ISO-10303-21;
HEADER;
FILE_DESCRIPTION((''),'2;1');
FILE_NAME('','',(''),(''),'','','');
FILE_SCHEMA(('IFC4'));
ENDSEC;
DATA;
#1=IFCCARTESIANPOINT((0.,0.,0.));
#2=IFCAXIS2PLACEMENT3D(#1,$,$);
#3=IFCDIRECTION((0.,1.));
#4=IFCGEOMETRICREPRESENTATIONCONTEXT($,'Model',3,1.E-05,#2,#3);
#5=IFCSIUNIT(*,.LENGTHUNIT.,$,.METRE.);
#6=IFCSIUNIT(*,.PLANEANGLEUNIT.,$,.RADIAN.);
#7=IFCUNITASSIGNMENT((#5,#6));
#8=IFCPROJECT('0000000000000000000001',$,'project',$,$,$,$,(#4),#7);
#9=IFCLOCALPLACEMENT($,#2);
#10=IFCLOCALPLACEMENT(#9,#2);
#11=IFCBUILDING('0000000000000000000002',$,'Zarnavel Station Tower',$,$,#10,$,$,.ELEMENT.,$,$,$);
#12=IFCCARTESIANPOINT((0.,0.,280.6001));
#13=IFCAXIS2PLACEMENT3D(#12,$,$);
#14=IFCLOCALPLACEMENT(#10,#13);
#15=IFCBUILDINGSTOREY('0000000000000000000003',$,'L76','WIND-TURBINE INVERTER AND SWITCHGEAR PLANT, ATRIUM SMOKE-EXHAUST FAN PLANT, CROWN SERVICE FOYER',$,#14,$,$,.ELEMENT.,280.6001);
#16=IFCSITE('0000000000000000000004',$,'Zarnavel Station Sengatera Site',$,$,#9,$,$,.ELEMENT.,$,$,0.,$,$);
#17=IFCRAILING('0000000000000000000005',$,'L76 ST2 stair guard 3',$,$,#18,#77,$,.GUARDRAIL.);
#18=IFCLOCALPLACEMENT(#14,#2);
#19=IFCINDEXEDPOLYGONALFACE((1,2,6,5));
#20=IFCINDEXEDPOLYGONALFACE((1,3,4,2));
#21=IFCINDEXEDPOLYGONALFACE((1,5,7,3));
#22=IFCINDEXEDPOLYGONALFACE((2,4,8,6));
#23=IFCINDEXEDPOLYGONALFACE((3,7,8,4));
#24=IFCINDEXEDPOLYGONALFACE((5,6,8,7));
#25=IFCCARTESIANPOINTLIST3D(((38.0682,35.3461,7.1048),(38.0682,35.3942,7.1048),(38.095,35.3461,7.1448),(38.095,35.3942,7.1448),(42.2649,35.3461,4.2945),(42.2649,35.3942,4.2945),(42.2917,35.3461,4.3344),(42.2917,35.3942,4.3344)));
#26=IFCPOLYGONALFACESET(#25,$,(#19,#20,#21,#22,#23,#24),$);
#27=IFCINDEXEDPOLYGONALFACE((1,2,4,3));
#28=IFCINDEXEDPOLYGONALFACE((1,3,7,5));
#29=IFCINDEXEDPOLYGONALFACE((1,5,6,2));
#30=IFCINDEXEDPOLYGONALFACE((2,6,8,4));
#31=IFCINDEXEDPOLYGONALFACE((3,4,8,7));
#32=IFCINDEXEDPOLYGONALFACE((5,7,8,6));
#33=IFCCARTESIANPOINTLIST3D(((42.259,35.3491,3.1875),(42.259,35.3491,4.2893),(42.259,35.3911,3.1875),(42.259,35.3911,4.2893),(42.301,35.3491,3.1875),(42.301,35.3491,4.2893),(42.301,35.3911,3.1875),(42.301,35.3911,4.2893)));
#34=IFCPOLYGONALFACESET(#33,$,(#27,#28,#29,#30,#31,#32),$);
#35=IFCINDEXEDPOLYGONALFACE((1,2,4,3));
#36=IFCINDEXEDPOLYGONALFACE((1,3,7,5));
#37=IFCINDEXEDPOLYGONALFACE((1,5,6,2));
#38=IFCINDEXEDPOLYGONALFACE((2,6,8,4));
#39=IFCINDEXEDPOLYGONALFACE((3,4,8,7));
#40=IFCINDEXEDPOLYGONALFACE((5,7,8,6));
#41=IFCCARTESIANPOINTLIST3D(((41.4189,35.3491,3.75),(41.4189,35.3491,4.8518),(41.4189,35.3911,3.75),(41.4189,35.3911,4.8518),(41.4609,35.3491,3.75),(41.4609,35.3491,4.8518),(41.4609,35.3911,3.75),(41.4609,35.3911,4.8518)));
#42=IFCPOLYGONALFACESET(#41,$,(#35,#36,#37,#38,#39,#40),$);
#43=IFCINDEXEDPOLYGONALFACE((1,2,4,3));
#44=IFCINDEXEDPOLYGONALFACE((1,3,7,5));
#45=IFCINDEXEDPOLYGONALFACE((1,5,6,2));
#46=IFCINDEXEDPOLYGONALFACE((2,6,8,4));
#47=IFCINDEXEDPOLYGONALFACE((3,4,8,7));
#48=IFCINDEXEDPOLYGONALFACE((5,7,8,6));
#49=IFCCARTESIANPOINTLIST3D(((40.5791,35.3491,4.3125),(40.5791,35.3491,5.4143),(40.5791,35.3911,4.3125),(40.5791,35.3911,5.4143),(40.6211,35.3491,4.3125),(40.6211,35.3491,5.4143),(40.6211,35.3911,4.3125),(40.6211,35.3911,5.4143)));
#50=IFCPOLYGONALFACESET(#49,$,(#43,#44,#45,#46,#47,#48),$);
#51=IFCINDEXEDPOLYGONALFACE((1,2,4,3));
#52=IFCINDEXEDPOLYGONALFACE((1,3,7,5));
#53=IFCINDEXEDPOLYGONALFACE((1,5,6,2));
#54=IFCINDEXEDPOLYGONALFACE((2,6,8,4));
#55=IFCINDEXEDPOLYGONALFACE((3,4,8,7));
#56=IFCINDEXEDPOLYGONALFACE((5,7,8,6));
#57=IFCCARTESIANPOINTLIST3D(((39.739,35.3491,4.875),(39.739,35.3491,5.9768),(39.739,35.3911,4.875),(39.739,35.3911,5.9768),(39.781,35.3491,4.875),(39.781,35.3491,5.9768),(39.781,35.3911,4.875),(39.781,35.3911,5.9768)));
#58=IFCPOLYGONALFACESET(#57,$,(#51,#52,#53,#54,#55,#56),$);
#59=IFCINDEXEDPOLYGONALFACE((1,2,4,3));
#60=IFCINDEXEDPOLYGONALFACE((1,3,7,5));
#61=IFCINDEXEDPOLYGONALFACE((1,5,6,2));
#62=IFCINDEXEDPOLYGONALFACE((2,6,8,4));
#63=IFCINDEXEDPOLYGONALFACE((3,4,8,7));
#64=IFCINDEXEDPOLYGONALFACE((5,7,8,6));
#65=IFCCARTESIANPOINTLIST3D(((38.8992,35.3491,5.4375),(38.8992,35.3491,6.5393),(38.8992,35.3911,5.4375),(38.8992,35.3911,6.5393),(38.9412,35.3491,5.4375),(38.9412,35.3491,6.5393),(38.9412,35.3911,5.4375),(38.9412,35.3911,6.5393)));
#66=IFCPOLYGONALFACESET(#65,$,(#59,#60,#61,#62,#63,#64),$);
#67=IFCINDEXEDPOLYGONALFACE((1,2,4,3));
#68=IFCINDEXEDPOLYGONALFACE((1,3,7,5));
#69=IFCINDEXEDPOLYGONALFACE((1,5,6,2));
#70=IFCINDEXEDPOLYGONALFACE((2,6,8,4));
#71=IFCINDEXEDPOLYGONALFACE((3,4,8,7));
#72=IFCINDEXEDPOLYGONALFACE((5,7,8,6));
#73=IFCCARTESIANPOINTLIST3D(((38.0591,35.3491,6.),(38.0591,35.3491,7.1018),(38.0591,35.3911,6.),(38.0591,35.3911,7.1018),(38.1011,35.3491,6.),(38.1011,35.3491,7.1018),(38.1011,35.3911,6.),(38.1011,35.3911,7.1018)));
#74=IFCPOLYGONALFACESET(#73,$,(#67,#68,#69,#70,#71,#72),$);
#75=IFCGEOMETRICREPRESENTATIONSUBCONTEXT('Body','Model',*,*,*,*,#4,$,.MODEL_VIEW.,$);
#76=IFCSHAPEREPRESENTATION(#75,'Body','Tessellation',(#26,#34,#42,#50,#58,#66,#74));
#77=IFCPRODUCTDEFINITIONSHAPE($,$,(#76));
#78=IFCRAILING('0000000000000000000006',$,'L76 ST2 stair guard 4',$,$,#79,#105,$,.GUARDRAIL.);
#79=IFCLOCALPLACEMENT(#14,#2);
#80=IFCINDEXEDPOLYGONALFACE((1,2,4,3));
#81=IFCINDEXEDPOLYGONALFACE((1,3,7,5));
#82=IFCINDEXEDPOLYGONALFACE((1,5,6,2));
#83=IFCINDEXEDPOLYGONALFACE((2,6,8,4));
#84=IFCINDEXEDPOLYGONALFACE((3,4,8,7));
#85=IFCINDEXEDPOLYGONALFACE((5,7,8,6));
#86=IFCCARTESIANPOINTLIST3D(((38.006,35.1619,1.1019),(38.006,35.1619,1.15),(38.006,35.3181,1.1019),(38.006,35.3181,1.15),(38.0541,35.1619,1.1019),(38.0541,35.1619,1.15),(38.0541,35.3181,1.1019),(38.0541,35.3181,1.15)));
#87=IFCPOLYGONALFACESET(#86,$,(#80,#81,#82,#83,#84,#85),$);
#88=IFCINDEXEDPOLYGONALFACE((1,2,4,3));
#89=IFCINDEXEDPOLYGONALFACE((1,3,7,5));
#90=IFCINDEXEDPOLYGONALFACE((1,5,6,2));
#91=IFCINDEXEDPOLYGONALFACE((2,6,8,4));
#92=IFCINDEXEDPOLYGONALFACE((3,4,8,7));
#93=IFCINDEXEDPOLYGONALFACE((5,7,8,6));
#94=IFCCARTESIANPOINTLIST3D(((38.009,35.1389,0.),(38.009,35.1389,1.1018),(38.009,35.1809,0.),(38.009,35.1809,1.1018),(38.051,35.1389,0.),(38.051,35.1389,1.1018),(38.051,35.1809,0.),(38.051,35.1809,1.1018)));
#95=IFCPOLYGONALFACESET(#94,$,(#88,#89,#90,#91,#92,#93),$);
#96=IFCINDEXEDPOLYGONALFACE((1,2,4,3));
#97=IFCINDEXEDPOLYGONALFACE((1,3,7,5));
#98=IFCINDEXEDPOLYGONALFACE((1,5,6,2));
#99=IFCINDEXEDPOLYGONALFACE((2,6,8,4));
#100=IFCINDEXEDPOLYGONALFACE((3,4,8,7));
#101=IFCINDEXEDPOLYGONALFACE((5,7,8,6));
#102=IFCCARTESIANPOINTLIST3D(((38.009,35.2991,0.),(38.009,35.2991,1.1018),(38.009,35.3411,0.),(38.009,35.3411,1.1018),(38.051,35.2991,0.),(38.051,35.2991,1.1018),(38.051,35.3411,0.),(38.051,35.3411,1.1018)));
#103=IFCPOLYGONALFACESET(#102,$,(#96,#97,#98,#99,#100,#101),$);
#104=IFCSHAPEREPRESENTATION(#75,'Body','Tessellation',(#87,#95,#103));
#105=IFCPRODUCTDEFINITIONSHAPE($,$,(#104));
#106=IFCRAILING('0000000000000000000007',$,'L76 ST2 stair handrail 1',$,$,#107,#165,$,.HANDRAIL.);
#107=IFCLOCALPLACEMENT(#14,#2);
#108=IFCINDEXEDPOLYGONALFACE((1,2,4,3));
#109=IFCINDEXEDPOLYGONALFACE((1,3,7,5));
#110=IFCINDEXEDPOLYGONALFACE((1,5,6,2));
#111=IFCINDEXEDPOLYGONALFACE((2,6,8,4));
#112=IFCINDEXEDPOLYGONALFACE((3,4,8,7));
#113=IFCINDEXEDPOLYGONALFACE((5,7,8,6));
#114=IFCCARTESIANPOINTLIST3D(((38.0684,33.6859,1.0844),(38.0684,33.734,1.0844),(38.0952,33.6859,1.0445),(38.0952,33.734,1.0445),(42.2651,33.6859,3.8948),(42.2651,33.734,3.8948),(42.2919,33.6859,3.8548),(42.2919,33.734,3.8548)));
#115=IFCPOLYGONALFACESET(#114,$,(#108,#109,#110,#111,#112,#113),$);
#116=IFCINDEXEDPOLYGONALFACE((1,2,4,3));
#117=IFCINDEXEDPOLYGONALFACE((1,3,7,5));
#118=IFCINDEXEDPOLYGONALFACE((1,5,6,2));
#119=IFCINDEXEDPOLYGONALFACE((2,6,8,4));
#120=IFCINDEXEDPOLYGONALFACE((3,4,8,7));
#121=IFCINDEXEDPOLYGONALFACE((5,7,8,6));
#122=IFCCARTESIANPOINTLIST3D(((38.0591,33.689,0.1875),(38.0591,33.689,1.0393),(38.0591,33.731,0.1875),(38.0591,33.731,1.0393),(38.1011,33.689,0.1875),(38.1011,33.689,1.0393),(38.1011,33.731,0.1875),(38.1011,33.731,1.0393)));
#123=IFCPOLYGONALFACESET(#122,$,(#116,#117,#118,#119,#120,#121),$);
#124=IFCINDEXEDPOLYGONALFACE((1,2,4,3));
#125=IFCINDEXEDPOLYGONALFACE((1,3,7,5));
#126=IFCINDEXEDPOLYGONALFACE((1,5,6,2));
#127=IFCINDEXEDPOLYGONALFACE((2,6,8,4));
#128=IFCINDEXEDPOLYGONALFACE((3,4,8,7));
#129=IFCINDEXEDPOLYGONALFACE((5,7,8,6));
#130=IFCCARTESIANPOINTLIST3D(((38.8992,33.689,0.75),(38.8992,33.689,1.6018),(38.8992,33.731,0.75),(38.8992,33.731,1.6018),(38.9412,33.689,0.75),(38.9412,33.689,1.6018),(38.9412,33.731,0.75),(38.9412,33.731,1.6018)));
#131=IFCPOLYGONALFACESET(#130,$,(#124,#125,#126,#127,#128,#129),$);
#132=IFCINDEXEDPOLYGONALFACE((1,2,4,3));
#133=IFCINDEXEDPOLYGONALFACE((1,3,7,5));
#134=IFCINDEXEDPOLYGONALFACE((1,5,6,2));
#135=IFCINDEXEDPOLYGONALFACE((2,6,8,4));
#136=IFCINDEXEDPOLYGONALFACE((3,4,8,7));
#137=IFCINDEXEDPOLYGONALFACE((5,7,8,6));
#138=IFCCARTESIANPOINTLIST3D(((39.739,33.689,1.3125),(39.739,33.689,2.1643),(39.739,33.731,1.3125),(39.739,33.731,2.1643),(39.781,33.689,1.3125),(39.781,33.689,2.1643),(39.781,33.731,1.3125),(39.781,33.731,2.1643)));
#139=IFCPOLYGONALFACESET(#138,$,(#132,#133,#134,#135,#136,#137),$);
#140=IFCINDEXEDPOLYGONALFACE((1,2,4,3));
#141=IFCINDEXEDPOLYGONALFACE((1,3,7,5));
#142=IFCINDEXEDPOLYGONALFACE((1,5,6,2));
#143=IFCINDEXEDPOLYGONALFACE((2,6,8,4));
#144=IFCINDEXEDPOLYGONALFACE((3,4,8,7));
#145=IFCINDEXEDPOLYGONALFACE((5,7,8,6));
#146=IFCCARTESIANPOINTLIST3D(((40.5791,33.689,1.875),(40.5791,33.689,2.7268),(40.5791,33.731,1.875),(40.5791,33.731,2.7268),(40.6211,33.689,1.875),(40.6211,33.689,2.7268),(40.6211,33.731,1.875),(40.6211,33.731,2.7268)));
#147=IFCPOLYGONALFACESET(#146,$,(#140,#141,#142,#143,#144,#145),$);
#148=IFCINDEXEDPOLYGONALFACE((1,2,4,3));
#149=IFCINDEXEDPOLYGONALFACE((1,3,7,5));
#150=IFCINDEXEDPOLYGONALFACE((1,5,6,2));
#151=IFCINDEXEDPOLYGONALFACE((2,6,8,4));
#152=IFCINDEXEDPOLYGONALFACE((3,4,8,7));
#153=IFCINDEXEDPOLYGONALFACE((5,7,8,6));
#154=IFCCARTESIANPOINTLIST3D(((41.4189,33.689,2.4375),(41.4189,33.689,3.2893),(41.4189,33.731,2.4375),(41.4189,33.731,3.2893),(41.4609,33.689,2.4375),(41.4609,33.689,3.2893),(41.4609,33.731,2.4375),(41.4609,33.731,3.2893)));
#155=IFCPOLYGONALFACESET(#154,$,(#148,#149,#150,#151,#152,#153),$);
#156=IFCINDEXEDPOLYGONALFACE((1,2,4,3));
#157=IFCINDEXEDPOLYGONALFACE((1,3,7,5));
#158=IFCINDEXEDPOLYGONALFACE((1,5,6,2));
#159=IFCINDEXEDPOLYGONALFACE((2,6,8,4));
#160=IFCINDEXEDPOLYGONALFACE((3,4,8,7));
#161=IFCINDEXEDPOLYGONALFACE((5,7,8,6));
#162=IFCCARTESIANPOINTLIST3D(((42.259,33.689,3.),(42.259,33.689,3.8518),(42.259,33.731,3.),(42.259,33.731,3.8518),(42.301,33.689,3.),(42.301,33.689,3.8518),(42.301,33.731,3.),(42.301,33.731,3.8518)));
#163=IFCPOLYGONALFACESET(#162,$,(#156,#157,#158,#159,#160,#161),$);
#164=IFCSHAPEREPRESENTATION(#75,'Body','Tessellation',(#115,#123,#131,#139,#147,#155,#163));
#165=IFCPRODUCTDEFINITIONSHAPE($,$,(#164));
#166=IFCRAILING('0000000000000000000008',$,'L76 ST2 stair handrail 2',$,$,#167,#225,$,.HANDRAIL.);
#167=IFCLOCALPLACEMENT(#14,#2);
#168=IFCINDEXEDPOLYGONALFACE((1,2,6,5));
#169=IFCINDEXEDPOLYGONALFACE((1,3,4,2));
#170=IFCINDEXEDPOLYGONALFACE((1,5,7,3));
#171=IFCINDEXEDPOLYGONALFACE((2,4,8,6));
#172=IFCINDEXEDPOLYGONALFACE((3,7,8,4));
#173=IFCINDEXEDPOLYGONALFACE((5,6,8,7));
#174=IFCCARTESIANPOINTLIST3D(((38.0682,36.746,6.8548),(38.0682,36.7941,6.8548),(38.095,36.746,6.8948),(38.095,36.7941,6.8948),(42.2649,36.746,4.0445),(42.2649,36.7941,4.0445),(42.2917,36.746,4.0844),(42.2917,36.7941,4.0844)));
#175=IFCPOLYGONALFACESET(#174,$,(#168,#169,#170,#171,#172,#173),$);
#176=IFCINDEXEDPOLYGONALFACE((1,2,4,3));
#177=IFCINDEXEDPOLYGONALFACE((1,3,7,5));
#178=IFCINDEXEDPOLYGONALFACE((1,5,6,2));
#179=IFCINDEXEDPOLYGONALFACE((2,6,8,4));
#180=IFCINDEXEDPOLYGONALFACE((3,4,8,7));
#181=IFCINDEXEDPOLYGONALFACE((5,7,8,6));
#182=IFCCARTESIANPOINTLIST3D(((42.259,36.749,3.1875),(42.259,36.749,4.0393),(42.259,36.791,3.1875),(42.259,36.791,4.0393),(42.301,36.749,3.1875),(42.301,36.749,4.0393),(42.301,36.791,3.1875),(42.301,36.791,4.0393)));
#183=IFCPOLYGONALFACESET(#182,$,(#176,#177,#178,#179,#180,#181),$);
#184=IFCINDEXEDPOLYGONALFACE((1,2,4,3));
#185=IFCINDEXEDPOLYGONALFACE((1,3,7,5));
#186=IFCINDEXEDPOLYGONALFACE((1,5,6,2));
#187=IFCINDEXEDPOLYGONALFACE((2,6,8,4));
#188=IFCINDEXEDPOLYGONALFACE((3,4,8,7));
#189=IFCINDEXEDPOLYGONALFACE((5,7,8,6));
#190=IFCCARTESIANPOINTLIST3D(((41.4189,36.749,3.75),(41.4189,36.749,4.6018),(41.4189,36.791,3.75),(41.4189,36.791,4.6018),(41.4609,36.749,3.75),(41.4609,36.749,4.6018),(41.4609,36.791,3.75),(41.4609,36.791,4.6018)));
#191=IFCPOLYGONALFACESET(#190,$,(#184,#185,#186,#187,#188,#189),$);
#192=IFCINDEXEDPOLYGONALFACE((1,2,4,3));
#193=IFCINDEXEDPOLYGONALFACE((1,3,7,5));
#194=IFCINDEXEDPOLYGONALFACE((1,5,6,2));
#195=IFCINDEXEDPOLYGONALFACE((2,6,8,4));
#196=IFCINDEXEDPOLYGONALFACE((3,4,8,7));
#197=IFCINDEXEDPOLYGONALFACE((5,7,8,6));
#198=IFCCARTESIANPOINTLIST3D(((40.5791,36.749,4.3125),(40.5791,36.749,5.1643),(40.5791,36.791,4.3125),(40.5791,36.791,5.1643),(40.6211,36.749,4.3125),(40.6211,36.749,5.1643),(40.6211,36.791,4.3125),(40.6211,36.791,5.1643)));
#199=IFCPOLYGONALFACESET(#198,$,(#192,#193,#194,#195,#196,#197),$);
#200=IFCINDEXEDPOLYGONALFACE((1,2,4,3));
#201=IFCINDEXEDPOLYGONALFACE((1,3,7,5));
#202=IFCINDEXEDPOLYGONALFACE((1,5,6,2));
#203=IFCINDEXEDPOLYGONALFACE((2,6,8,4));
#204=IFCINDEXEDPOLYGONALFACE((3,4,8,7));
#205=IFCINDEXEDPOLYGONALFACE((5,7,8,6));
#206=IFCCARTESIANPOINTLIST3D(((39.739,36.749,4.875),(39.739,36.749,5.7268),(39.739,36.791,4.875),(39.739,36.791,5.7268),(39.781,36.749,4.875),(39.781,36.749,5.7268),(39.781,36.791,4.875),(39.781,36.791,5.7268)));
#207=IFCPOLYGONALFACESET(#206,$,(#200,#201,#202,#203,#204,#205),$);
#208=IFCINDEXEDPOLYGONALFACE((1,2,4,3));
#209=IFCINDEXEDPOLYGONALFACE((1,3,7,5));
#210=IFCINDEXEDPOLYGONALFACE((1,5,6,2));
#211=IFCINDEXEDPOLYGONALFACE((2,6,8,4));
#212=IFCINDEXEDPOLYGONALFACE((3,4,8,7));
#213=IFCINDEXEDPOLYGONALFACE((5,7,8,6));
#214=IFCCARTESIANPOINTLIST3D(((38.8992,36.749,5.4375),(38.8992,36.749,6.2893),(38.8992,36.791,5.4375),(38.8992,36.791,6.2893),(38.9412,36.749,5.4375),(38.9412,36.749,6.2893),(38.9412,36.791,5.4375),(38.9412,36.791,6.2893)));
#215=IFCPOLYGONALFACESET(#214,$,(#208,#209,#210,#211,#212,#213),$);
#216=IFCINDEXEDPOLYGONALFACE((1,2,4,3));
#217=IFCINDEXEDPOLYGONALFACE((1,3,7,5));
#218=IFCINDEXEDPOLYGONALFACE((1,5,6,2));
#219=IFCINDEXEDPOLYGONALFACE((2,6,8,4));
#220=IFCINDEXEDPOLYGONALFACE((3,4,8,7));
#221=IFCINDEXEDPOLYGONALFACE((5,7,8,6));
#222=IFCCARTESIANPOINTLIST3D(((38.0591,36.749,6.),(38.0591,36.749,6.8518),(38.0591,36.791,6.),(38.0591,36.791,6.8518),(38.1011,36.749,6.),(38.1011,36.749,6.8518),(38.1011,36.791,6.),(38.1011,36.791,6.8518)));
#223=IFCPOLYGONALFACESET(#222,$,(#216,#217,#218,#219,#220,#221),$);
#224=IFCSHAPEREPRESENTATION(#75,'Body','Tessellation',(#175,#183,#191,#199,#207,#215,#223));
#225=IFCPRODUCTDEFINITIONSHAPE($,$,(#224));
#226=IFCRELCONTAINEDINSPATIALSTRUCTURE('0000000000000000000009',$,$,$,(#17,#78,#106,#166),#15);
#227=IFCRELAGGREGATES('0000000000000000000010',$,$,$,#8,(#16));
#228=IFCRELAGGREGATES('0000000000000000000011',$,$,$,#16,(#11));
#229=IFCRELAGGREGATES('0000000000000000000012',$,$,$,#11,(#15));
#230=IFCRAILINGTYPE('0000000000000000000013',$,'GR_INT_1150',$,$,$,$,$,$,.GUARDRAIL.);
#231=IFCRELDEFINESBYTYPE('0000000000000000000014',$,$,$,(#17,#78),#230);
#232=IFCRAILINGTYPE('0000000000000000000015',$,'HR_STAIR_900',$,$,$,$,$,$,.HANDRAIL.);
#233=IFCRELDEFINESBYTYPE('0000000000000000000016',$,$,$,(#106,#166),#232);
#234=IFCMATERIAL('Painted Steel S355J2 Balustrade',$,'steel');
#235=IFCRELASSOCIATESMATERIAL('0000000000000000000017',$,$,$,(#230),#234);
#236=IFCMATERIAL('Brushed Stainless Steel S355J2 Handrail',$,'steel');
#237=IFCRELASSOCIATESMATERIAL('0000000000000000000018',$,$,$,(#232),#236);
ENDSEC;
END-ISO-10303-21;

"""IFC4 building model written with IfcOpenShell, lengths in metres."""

from ifc_helpers import new_model, si_unit, direction, frame, origin, origin_2d, place, context, subcontext, project, spatial, rectangle, extrude, material, type_object, element, save


model = new_model("IFC4")

# Units and contexts
model_context = context("Model", 3, precision=1e-05, world=origin(), true_north=direction((0.0, 1.0)))
body_context = subcontext(model_context, "Body", "Model", "MODEL_VIEW")
ifc_project = project(units=[si_unit("LENGTHUNIT", "METRE"), si_unit("PLANEANGLEUNIT", "RADIAN")], contexts=[model_context])

# Site, building, storey
site_placement = place(None, origin())
site = spatial("IfcSite", under=ifc_project, at=site_placement, Name="Zarnavel Station Sengatera Site", CompositionType="ELEMENT", RefElevation=0.0)
building_placement = place(site_placement, origin())
building = spatial("IfcBuilding", under=site, at=building_placement, Name="Zarnavel Station Tower", CompositionType="ELEMENT")
storey_placement = place(building_placement, frame((0.0, 0.0, 280.6001)))
storey = spatial("IfcBuildingStorey", under=building, at=storey_placement, Name="L76", Description="WIND-TURBINE INVERTER AND SWITCHGEAR PLANT, ATRIUM SMOKE-EXHAUST FAN PLANT, CROWN SERVICE FOYER", CompositionType="ELEMENT", Elevation=280.6001)

# Railings
ifc_material_1 = material(Name="Painted Steel S355J2 Balustrade", Category="steel")
railing_type_1 = type_object("IfcRailingType", Name="GR_INT_1150", PredefinedType="GUARDRAIL", material=ifc_material_1)
railing_1_placement = place(storey_placement, frame((42.28, 35.3701, 3.1875)))
element("IfcRailing", 1, at=railing_1_placement, inside=storey, type_object=railing_type_1, Name="L76 ST2 stair guard 3", PredefinedType="GUARDRAIL", context=body_context, shape_type="SweptSolid", body=[
    extrude(rectangle(XDim=0.0481, YDim=0.0481, at=origin_2d()), frame((-0.0017, 0.0, 1.127), z_axis=(-0.830904, 0.0, 0.556416), x_axis=(0.0, -1.0, 0.0)), (0.0, 0.0, 1.0), 5.0508),
    extrude(rectangle(XDim=0.042, YDim=0.042, at=origin_2d()), origin(), (0.0, 0.0, 1.0), 1.1018),
    extrude(rectangle(XDim=0.042, YDim=0.042, at=origin_2d()), frame((-0.8401, 0.0, 0.5625)), (0.0, 0.0, 1.0), 1.1018),
    extrude(rectangle(XDim=0.042, YDim=0.042, at=origin_2d()), frame((-1.6799, 0.0, 1.125)), (0.0, 0.0, 1.0), 1.1018),
    extrude(rectangle(XDim=0.042, YDim=0.042, at=origin_2d()), frame((-2.52, 0.0, 1.6875)), (0.0, 0.0, 1.0), 1.1018),
    extrude(rectangle(XDim=0.042, YDim=0.042, at=origin_2d()), frame((-3.3599, 0.0, 2.25)), (0.0, 0.0, 1.0), 1.1018),
    extrude(rectangle(XDim=0.042, YDim=0.042, at=origin_2d()), frame((-4.2, 0.0, 2.8125)), (0.0, 0.0, 1.0), 1.1018),
])
railing_2_placement = place(storey_placement, frame((38.03, 35.1599, 0.0)))
element("IfcRailing", 2, at=railing_2_placement, inside=storey, type_object=railing_type_1, Name="L76 ST2 stair guard 4", PredefinedType="GUARDRAIL", context=body_context, shape_type="SweptSolid", body=[
    extrude(rectangle(XDim=0.0481, YDim=0.0481, at=origin_2d()), frame((0.0, 0.002, 1.126), z_axis=(0.0, 1.0, 0.0), x_axis=(-1.0, 0.0, 0.0)), (0.0, 0.0, 1.0), 0.1562),
    extrude(rectangle(XDim=0.042, YDim=0.042, at=origin_2d()), origin(), (0.0, 0.0, 1.0), 1.1018),
    extrude(rectangle(XDim=0.042, YDim=0.042, at=origin_2d()), frame((0.0, 0.1602, 0.0)), (0.0, 0.0, 1.0), 1.1018),
])
ifc_material_2 = material(Name="Brushed Stainless Steel S355J2 Handrail", Category="steel")
railing_type_2 = type_object("IfcRailingType", Name="HR_STAIR_900", PredefinedType="HANDRAIL", material=ifc_material_2)
railing_3_placement = place(storey_placement, frame((38.0801, 33.71, 0.1875)))
element("IfcRailing", 3, at=railing_3_placement, inside=storey, type_object=railing_type_2, Name="L76 ST2 stair handrail 1", PredefinedType="HANDRAIL", context=body_context, shape_type="SweptSolid", body=[
    extrude(rectangle(XDim=0.0481, YDim=0.0481, at=origin_2d()), frame((0.0017, 0.0, 0.877), z_axis=(0.830904, 0.0, 0.556416), x_axis=(0.0, 1.0, 0.0)), (0.0, 0.0, 1.0), 5.0508),
    extrude(rectangle(XDim=0.042, YDim=0.042, at=origin_2d()), origin(), (0.0, 0.0, 1.0), 0.8518),
    extrude(rectangle(XDim=0.042, YDim=0.042, at=origin_2d()), frame((0.8401, 0.0, 0.5625)), (0.0, 0.0, 1.0), 0.8518),
    extrude(rectangle(XDim=0.042, YDim=0.042, at=origin_2d()), frame((1.6799, 0.0, 1.125)), (0.0, 0.0, 1.0), 0.8518),
    extrude(rectangle(XDim=0.042, YDim=0.042, at=origin_2d()), frame((2.52, 0.0, 1.6875)), (0.0, 0.0, 1.0), 0.8518),
    extrude(rectangle(XDim=0.042, YDim=0.042, at=origin_2d()), frame((3.3599, 0.0, 2.25)), (0.0, 0.0, 1.0), 0.8518),
    extrude(rectangle(XDim=0.042, YDim=0.042, at=origin_2d()), frame((4.2, 0.0, 2.8125)), (0.0, 0.0, 1.0), 0.8518),
])
railing_4_placement = place(storey_placement, frame((42.28, 36.77, 3.1875)))
element("IfcRailing", 4, at=railing_4_placement, inside=storey, type_object=railing_type_2, Name="L76 ST2 stair handrail 2", PredefinedType="HANDRAIL", context=body_context, shape_type="SweptSolid", body=[
    extrude(rectangle(XDim=0.0481, YDim=0.0481, at=origin_2d()), frame((-0.0017, 0.0, 0.877), z_axis=(-0.830904, 0.0, 0.556416), x_axis=(0.0, -1.0, 0.0)), (0.0, 0.0, 1.0), 5.0508),
    extrude(rectangle(XDim=0.042, YDim=0.042, at=origin_2d()), origin(), (0.0, 0.0, 1.0), 0.8518),
    extrude(rectangle(XDim=0.042, YDim=0.042, at=origin_2d()), frame((-0.8401, 0.0, 0.5625)), (0.0, 0.0, 1.0), 0.8518),
    extrude(rectangle(XDim=0.042, YDim=0.042, at=origin_2d()), frame((-1.6799, 0.0, 1.125)), (0.0, 0.0, 1.0), 0.8518),
    extrude(rectangle(XDim=0.042, YDim=0.042, at=origin_2d()), frame((-2.52, 0.0, 1.6875)), (0.0, 0.0, 1.0), 0.8518),
    extrude(rectangle(XDim=0.042, YDim=0.042, at=origin_2d()), frame((-3.3599, 0.0, 2.25)), (0.0, 0.0, 1.0), 0.8518),
    extrude(rectangle(XDim=0.042, YDim=0.042, at=origin_2d()), frame((-4.2, 0.0, 2.8125)), (0.0, 0.0, 1.0), 0.8518),
])

save(model, "model.ifc")
